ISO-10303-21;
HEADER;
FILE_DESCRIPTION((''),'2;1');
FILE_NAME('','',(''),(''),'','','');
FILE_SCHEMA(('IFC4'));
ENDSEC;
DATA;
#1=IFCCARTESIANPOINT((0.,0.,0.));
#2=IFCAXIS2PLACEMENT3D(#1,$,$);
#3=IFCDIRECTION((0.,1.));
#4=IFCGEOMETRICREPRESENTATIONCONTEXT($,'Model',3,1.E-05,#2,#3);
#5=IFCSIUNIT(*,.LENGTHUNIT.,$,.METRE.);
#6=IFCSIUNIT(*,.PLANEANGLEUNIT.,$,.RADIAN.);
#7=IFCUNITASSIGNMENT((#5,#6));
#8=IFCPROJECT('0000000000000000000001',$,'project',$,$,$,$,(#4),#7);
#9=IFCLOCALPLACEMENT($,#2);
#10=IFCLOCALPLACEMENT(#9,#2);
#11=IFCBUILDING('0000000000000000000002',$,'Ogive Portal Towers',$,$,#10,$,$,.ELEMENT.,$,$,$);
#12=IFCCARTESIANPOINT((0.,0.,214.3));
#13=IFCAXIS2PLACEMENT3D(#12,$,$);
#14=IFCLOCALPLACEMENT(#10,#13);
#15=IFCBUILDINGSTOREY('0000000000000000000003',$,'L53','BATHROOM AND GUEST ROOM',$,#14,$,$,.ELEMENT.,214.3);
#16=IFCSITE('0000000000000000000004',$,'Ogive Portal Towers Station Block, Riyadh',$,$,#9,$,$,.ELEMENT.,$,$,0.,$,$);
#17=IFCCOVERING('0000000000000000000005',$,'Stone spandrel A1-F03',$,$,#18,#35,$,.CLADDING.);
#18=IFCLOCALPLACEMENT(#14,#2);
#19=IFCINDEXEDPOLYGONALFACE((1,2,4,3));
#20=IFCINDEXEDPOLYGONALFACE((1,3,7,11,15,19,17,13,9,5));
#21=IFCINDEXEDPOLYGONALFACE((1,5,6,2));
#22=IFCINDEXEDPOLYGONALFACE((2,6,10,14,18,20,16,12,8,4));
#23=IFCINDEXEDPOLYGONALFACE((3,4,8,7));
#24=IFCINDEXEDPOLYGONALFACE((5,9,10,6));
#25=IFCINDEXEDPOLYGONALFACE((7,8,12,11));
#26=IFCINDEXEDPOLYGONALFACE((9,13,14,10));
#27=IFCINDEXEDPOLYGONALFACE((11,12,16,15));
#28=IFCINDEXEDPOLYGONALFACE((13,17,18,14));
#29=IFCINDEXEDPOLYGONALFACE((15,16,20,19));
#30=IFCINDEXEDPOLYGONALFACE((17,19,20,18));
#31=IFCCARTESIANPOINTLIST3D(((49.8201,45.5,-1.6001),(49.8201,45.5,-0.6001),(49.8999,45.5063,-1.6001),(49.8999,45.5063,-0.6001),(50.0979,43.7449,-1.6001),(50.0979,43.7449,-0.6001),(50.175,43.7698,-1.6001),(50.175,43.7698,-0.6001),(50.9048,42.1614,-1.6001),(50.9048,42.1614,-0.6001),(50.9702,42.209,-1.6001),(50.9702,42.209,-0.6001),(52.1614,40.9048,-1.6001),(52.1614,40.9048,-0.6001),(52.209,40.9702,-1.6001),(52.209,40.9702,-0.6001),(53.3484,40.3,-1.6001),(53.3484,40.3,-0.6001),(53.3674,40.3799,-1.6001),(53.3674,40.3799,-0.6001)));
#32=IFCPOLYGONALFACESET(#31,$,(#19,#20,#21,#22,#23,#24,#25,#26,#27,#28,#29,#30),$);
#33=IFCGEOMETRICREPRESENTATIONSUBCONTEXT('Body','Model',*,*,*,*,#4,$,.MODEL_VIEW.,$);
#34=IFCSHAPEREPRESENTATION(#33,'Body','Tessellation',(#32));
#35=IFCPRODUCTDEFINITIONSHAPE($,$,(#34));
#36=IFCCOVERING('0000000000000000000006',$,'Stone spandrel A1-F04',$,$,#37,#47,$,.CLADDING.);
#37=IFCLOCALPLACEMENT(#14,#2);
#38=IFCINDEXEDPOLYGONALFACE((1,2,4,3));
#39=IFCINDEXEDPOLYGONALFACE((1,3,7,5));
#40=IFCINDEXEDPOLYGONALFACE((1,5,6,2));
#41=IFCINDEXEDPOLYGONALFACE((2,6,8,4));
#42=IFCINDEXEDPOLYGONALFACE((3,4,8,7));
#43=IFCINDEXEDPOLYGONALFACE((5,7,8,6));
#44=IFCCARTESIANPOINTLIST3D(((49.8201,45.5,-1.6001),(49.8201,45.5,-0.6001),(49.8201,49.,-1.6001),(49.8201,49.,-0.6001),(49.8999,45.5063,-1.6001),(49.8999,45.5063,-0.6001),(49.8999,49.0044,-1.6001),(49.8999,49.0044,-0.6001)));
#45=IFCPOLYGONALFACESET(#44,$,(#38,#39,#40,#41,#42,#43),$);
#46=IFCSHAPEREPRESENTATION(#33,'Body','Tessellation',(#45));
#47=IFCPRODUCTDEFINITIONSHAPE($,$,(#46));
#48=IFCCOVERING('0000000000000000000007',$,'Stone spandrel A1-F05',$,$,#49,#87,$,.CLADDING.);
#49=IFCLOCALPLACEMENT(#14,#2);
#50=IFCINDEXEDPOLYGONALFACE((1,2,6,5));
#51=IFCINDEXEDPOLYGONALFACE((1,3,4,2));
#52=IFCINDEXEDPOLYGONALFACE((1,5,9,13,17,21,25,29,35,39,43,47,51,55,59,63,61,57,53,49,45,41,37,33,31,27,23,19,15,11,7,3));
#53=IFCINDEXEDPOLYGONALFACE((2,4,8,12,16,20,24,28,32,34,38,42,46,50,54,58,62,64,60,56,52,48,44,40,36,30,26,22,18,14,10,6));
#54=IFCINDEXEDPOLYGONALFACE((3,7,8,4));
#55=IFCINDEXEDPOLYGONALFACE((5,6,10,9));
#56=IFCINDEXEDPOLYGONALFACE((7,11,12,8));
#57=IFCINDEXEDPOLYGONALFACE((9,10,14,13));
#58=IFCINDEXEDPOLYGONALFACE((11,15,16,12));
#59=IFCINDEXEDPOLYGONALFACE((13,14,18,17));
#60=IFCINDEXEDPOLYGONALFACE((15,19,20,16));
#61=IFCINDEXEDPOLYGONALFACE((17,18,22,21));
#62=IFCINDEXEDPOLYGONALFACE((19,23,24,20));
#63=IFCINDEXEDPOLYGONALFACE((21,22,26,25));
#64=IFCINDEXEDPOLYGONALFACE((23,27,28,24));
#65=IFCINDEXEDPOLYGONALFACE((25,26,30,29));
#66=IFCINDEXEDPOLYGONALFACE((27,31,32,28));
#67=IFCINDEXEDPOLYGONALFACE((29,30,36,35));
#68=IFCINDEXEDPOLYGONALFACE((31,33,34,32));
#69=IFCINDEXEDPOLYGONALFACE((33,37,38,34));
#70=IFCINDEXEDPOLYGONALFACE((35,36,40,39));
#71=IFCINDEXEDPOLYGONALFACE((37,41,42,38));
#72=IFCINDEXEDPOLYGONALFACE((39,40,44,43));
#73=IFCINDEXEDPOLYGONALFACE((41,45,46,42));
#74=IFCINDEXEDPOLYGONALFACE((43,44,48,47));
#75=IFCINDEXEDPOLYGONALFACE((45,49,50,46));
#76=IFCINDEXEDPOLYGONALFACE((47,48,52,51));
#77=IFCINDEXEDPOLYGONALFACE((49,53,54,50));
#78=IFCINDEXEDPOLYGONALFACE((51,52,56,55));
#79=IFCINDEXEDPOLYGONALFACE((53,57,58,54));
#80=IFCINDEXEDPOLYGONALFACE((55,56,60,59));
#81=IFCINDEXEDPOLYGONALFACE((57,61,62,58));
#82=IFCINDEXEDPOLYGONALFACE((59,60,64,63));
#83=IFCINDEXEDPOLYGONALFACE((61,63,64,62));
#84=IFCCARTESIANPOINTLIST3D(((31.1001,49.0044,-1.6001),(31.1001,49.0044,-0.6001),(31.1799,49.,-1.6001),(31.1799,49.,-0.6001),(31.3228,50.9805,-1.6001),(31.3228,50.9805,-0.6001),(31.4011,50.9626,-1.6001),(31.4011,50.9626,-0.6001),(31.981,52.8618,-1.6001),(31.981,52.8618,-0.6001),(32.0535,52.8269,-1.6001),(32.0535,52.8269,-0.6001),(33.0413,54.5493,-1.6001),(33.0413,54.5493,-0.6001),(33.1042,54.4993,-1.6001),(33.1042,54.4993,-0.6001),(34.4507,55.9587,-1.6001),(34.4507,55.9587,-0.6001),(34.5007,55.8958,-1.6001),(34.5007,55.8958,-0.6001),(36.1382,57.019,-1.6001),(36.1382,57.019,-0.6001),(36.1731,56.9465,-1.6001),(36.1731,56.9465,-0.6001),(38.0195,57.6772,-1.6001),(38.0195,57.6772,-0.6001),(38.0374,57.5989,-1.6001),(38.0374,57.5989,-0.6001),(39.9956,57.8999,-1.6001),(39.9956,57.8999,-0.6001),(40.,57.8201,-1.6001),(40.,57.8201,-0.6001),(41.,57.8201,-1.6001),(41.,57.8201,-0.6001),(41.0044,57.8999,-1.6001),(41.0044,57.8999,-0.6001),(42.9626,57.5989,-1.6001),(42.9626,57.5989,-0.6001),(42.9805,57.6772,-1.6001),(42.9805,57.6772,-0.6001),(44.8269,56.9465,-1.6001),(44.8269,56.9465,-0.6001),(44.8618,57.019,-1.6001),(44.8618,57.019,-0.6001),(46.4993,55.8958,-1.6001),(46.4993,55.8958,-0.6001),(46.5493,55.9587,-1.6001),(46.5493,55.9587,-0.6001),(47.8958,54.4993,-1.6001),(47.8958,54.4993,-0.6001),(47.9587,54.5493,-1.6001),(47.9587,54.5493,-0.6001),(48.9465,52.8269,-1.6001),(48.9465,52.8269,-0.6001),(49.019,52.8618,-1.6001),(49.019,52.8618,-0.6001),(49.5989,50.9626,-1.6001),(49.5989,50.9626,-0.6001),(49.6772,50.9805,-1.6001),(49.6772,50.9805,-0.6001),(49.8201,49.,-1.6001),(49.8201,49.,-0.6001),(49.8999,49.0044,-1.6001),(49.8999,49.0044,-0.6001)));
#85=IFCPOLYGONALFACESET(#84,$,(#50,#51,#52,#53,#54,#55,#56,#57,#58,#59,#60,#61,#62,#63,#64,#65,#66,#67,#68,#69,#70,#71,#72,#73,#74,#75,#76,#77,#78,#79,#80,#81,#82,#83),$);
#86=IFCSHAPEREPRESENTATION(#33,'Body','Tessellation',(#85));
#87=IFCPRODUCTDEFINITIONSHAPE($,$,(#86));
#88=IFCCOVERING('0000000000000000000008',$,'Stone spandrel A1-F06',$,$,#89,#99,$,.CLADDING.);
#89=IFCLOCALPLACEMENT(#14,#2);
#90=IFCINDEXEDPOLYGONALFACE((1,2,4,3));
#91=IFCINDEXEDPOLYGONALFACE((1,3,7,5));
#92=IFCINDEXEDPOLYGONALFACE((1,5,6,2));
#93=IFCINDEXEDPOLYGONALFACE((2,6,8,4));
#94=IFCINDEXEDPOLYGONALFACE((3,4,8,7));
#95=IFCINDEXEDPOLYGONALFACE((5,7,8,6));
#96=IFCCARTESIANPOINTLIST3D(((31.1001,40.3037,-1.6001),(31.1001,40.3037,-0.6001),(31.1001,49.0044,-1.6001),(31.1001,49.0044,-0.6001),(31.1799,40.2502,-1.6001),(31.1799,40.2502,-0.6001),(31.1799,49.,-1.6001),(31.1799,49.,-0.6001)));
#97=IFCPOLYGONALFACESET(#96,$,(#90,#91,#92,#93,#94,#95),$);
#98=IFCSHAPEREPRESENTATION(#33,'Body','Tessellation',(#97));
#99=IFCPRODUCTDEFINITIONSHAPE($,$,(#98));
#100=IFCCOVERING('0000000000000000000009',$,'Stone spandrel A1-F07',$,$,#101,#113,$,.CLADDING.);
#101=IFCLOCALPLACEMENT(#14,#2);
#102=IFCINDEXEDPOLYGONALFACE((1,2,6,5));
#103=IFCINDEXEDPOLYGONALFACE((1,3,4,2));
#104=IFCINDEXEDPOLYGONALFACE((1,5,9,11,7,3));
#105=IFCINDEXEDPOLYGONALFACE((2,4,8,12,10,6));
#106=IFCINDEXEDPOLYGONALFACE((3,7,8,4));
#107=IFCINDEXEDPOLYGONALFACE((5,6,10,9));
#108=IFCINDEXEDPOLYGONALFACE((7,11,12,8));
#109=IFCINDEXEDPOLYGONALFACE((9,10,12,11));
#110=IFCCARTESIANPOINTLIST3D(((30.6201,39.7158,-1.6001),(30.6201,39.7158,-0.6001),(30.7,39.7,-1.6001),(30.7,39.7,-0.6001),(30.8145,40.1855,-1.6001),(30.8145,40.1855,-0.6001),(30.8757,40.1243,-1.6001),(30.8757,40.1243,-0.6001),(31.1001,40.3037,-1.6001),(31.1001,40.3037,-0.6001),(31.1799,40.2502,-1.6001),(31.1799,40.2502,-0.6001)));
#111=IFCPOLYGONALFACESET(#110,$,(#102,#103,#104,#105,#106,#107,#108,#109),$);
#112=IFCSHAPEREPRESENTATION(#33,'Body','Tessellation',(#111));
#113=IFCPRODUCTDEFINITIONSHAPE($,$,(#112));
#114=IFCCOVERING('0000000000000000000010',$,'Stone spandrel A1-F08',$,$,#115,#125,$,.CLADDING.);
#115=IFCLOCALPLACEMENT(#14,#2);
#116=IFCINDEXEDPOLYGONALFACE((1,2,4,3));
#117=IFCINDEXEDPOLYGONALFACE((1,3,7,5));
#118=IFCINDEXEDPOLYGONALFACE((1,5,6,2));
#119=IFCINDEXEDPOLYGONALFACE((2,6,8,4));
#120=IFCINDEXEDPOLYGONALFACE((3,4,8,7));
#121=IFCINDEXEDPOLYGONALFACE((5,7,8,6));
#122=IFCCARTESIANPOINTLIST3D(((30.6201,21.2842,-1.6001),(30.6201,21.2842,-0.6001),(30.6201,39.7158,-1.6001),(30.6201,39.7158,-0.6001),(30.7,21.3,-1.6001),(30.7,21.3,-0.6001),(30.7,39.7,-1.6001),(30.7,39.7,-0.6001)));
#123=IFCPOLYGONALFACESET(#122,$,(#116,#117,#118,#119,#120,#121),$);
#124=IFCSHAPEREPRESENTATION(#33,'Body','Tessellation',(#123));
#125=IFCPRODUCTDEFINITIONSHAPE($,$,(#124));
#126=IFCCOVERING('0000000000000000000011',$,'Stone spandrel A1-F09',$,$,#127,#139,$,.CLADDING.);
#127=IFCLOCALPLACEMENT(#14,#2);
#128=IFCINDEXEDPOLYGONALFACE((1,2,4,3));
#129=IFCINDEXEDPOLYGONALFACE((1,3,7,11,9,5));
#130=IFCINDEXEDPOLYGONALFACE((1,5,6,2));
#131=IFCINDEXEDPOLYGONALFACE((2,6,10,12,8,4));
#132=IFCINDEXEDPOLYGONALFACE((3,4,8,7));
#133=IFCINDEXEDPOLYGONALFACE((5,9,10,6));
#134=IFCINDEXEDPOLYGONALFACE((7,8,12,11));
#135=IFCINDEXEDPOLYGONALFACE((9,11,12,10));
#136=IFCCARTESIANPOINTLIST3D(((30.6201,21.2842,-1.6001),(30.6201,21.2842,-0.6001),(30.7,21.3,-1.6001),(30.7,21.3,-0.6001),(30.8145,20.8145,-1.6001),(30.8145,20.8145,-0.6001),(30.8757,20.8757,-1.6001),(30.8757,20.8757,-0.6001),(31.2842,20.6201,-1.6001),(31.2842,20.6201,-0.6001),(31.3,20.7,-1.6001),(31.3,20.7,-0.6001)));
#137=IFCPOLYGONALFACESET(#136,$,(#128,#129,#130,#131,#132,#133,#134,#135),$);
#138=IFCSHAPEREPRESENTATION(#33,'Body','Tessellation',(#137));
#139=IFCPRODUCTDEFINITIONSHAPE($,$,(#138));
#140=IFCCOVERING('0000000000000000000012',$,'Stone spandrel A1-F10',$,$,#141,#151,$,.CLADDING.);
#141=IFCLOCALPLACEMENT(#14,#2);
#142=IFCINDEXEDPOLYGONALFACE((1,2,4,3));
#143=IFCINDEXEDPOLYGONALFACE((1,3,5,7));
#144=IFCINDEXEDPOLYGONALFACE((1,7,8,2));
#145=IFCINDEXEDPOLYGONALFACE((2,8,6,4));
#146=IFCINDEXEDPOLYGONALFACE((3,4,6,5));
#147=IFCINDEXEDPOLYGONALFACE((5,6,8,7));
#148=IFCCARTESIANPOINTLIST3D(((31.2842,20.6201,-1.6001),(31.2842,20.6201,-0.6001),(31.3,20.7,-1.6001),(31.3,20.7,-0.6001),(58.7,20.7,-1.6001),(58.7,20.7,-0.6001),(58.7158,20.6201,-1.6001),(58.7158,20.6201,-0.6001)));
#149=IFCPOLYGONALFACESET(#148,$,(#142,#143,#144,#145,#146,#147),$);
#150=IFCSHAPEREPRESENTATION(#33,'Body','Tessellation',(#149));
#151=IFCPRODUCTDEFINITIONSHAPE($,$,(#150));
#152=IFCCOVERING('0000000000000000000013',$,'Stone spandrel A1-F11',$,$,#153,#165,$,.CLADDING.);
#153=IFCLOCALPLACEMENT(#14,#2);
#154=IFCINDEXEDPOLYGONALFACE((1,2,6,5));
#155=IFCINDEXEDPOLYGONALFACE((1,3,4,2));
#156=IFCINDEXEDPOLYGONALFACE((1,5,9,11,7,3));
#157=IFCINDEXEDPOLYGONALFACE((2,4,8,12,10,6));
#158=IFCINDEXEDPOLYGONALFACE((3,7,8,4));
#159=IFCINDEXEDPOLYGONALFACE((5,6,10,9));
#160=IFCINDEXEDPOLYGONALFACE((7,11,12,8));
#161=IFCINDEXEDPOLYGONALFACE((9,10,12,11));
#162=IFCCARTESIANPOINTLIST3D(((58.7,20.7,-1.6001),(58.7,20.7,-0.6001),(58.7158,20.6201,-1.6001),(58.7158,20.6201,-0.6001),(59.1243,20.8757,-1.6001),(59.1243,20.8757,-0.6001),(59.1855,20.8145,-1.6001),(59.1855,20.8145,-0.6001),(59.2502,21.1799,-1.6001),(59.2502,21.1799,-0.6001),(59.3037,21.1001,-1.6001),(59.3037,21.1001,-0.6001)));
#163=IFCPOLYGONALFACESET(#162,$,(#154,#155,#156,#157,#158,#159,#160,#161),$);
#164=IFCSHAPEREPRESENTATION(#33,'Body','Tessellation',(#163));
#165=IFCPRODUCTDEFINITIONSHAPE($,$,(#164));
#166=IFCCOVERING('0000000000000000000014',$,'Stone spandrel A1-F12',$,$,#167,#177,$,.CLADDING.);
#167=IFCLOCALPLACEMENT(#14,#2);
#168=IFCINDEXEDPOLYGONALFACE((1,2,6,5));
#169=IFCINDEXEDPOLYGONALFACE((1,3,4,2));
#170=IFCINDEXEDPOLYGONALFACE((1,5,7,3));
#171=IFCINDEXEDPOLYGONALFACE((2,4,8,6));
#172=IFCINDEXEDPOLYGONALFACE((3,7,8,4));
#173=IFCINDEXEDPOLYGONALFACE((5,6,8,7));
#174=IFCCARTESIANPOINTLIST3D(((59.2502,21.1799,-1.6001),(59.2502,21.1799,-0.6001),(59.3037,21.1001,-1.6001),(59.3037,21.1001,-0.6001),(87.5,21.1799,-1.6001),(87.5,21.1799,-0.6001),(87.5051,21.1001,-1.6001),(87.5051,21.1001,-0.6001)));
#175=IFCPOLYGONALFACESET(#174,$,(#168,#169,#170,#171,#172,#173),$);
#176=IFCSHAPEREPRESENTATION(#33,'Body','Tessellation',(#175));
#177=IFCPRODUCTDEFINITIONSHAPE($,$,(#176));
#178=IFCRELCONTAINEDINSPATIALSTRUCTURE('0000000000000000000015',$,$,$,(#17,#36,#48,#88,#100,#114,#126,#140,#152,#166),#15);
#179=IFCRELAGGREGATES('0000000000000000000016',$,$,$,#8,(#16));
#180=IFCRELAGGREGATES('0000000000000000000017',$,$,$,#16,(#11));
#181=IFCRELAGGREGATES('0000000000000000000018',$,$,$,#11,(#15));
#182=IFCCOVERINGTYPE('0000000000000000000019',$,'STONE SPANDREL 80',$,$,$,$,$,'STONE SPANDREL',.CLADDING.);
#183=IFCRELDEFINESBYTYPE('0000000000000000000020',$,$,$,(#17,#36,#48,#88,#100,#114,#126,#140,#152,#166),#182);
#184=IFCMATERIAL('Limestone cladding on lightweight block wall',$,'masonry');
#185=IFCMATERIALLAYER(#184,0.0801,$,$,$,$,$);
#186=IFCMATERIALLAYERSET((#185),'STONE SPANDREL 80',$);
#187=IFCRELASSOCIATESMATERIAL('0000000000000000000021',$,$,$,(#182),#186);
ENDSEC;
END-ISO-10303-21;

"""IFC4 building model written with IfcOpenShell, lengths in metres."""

from ifc_helpers import new_model, si_unit, direction, frame, origin, place, context, subcontext, project, spatial, polyline, outline, extrude, material, layer, layer_set, type_object, element, save


model = new_model("IFC4")

# Units and contexts
model_context = context("Model", 3, precision=1e-05, world=origin(), true_north=direction((0.0, 1.0)))
body_context = subcontext(model_context, "Body", "Model", "MODEL_VIEW")
ifc_project = project(units=[si_unit("LENGTHUNIT", "METRE"), si_unit("PLANEANGLEUNIT", "RADIAN")], contexts=[model_context])

# Site, building, storey
site_placement = place(None, origin())
site = spatial("IfcSite", under=ifc_project, at=site_placement, Name="Ogive Portal Towers Station Block, Riyadh", CompositionType="ELEMENT", RefElevation=0.0)
building_placement = place(site_placement, origin())
building = spatial("IfcBuilding", under=site, at=building_placement, Name="Ogive Portal Towers", CompositionType="ELEMENT")
storey_placement = place(building_placement, frame((0.0, 0.0, 214.3)))
storey = spatial("IfcBuildingStorey", under=building, at=storey_placement, Name="L53", Description="BATHROOM AND GUEST ROOM", CompositionType="ELEMENT", Elevation=214.3)

# Coverings
ifc_material_1 = material(Name="Limestone cladding on lightweight block wall", Category="masonry")
ifc_layer_1 = layer(ifc_material_1, 0.0801)
ifc_layer_set_1 = layer_set([ifc_layer_1], Name="STONE SPANDREL 80")
covering_type_1 = type_object("IfcCoveringType", Name="STONE SPANDREL 80", ElementType="STONE SPANDREL", PredefinedType="CLADDING", material=ifc_layer_set_1)
covering_1_placement = place(storey_placement, frame((0.0, 0.0, -1.6001)))
element("IfcCovering", 1, at=covering_1_placement, inside=storey, type_object=covering_type_1, Name="Stone spandrel A1-F03", PredefinedType="CLADDING", context=body_context, shape_type="SweptSolid", body=[
    extrude(outline(polyline([(53.3484, 40.3), (52.1614, 40.9048), (50.9048, 42.1614), (50.0979, 43.7449), (49.8201, 45.5), (49.8999, 45.5063), (50.175, 43.7698), (50.9702, 42.209), (52.209, 40.9702), (53.3674, 40.3799), (53.3484, 40.3)])), origin(), (0.0, 0.0, 1.0), 1.0),
])
covering_2_placement = place(storey_placement, frame((0.0, 0.0, -1.6001)))
element("IfcCovering", 2, at=covering_2_placement, inside=storey, type_object=covering_type_1, Name="Stone spandrel A1-F04", PredefinedType="CLADDING", context=body_context, shape_type="SweptSolid", body=[
    extrude(outline(polyline([(49.8201, 45.5), (49.8201, 49.0), (49.8999, 49.0044), (49.8999, 45.5063), (49.8201, 45.5)])), origin(), (0.0, 0.0, 1.0), 1.0),
])
covering_3_placement = place(storey_placement, frame((0.0, 0.0, -1.6001)))
element("IfcCovering", 3, at=covering_3_placement, inside=storey, type_object=covering_type_1, Name="Stone spandrel A1-F05", PredefinedType="CLADDING", context=body_context, shape_type="SweptSolid", body=[
    extrude(outline(polyline([(49.8201, 49.0), (49.5989, 50.9626), (48.9465, 52.8269), (47.8958, 54.4993), (46.4993, 55.8958), (44.8269, 56.9465), (42.9626, 57.5989), (41.0, 57.8201), (40.0, 57.8201), (38.0374, 57.5989), (36.1731, 56.9465), (34.5007, 55.8958), (33.1042, 54.4993), (32.0535, 52.8269), (31.4011, 50.9626), (31.1799, 49.0), (31.1001, 49.0044), (31.3228, 50.9805), (31.981, 52.8618), (33.0413, 54.5493), (34.4507, 55.9587), (36.1382, 57.019), (38.0195, 57.6772), (39.9956, 57.8999), (41.0044, 57.8999), (42.9805, 57.6772), (44.8618, 57.019), (46.5493, 55.9587), (47.9587, 54.5493), (49.019, 52.8618), (49.6772, 50.9805), (49.8999, 49.0044), (49.8201, 49.0)])), origin(), (0.0, 0.0, 1.0), 1.0),
])
covering_4_placement = place(storey_placement, frame((0.0, 0.0, -1.6001)))
element("IfcCovering", 4, at=covering_4_placement, inside=storey, type_object=covering_type_1, Name="Stone spandrel A1-F06", PredefinedType="CLADDING", context=body_context, shape_type="SweptSolid", body=[
    extrude(outline(polyline([(31.1799, 49.0), (31.1799, 40.2502), (31.1001, 40.3037), (31.1001, 49.0044), (31.1799, 49.0)])), origin(), (0.0, 0.0, 1.0), 1.0),
])
covering_5_placement = place(storey_placement, frame((0.0, 0.0, -1.6001)))
element("IfcCovering", 5, at=covering_5_placement, inside=storey, type_object=covering_type_1, Name="Stone spandrel A1-F07", PredefinedType="CLADDING", context=body_context, shape_type="SweptSolid", body=[
    extrude(outline(polyline([(31.1799, 40.2502), (30.8757, 40.1243), (30.7, 39.7), (30.6201, 39.7158), (30.8145, 40.1855), (31.1001, 40.3037), (31.1799, 40.2502)])), origin(), (0.0, 0.0, 1.0), 1.0),
])
covering_6_placement = place(storey_placement, frame((0.0, 0.0, -1.6001)))
element("IfcCovering", 6, at=covering_6_placement, inside=storey, type_object=covering_type_1, Name="Stone spandrel A1-F08", PredefinedType="CLADDING", context=body_context, shape_type="SweptSolid", body=[
    extrude(outline(polyline([(30.7, 39.7), (30.7, 21.3), (30.6201, 21.2842), (30.6201, 39.7158), (30.7, 39.7)])), origin(), (0.0, 0.0, 1.0), 1.0),
])
covering_7_placement = place(storey_placement, frame((0.0, 0.0, -1.6001)))
element("IfcCovering", 7, at=covering_7_placement, inside=storey, type_object=covering_type_1, Name="Stone spandrel A1-F09", PredefinedType="CLADDING", context=body_context, shape_type="SweptSolid", body=[
    extrude(outline(polyline([(30.7, 21.3), (30.8757, 20.8757), (31.3, 20.7), (31.2842, 20.6201), (30.8145, 20.8145), (30.6201, 21.2842), (30.7, 21.3)])), origin(), (0.0, 0.0, 1.0), 1.0),
])
covering_8_placement = place(storey_placement, frame((0.0, 0.0, -1.6001)))
element("IfcCovering", 8, at=covering_8_placement, inside=storey, type_object=covering_type_1, Name="Stone spandrel A1-F10", PredefinedType="CLADDING", context=body_context, shape_type="SweptSolid", body=[
    extrude(outline(polyline([(31.3, 20.7), (58.7, 20.7), (58.7158, 20.6201), (31.2842, 20.6201), (31.3, 20.7)])), origin(), (0.0, 0.0, 1.0), 1.0),
])
covering_9_placement = place(storey_placement, frame((0.0, 0.0, -1.6001)))
element("IfcCovering", 9, at=covering_9_placement, inside=storey, type_object=covering_type_1, Name="Stone spandrel A1-F11", PredefinedType="CLADDING", context=body_context, shape_type="SweptSolid", body=[
    extrude(outline(polyline([(58.7, 20.7), (59.1243, 20.8757), (59.2502, 21.1799), (59.3037, 21.1001), (59.1855, 20.8145), (58.7158, 20.6201), (58.7, 20.7)])), origin(), (0.0, 0.0, 1.0), 1.0),
])
covering_10_placement = place(storey_placement, frame((0.0, 0.0, -1.6001)))
element("IfcCovering", 10, at=covering_10_placement, inside=storey, type_object=covering_type_1, Name="Stone spandrel A1-F12", PredefinedType="CLADDING", context=body_context, shape_type="SweptSolid", body=[
    extrude(outline(polyline([(59.2502, 21.1799), (87.5, 21.1799), (87.5051, 21.1001), (59.3037, 21.1001), (59.2502, 21.1799)])), origin(), (0.0, 0.0, 1.0), 1.0),
])

save(model, "model.ifc")
